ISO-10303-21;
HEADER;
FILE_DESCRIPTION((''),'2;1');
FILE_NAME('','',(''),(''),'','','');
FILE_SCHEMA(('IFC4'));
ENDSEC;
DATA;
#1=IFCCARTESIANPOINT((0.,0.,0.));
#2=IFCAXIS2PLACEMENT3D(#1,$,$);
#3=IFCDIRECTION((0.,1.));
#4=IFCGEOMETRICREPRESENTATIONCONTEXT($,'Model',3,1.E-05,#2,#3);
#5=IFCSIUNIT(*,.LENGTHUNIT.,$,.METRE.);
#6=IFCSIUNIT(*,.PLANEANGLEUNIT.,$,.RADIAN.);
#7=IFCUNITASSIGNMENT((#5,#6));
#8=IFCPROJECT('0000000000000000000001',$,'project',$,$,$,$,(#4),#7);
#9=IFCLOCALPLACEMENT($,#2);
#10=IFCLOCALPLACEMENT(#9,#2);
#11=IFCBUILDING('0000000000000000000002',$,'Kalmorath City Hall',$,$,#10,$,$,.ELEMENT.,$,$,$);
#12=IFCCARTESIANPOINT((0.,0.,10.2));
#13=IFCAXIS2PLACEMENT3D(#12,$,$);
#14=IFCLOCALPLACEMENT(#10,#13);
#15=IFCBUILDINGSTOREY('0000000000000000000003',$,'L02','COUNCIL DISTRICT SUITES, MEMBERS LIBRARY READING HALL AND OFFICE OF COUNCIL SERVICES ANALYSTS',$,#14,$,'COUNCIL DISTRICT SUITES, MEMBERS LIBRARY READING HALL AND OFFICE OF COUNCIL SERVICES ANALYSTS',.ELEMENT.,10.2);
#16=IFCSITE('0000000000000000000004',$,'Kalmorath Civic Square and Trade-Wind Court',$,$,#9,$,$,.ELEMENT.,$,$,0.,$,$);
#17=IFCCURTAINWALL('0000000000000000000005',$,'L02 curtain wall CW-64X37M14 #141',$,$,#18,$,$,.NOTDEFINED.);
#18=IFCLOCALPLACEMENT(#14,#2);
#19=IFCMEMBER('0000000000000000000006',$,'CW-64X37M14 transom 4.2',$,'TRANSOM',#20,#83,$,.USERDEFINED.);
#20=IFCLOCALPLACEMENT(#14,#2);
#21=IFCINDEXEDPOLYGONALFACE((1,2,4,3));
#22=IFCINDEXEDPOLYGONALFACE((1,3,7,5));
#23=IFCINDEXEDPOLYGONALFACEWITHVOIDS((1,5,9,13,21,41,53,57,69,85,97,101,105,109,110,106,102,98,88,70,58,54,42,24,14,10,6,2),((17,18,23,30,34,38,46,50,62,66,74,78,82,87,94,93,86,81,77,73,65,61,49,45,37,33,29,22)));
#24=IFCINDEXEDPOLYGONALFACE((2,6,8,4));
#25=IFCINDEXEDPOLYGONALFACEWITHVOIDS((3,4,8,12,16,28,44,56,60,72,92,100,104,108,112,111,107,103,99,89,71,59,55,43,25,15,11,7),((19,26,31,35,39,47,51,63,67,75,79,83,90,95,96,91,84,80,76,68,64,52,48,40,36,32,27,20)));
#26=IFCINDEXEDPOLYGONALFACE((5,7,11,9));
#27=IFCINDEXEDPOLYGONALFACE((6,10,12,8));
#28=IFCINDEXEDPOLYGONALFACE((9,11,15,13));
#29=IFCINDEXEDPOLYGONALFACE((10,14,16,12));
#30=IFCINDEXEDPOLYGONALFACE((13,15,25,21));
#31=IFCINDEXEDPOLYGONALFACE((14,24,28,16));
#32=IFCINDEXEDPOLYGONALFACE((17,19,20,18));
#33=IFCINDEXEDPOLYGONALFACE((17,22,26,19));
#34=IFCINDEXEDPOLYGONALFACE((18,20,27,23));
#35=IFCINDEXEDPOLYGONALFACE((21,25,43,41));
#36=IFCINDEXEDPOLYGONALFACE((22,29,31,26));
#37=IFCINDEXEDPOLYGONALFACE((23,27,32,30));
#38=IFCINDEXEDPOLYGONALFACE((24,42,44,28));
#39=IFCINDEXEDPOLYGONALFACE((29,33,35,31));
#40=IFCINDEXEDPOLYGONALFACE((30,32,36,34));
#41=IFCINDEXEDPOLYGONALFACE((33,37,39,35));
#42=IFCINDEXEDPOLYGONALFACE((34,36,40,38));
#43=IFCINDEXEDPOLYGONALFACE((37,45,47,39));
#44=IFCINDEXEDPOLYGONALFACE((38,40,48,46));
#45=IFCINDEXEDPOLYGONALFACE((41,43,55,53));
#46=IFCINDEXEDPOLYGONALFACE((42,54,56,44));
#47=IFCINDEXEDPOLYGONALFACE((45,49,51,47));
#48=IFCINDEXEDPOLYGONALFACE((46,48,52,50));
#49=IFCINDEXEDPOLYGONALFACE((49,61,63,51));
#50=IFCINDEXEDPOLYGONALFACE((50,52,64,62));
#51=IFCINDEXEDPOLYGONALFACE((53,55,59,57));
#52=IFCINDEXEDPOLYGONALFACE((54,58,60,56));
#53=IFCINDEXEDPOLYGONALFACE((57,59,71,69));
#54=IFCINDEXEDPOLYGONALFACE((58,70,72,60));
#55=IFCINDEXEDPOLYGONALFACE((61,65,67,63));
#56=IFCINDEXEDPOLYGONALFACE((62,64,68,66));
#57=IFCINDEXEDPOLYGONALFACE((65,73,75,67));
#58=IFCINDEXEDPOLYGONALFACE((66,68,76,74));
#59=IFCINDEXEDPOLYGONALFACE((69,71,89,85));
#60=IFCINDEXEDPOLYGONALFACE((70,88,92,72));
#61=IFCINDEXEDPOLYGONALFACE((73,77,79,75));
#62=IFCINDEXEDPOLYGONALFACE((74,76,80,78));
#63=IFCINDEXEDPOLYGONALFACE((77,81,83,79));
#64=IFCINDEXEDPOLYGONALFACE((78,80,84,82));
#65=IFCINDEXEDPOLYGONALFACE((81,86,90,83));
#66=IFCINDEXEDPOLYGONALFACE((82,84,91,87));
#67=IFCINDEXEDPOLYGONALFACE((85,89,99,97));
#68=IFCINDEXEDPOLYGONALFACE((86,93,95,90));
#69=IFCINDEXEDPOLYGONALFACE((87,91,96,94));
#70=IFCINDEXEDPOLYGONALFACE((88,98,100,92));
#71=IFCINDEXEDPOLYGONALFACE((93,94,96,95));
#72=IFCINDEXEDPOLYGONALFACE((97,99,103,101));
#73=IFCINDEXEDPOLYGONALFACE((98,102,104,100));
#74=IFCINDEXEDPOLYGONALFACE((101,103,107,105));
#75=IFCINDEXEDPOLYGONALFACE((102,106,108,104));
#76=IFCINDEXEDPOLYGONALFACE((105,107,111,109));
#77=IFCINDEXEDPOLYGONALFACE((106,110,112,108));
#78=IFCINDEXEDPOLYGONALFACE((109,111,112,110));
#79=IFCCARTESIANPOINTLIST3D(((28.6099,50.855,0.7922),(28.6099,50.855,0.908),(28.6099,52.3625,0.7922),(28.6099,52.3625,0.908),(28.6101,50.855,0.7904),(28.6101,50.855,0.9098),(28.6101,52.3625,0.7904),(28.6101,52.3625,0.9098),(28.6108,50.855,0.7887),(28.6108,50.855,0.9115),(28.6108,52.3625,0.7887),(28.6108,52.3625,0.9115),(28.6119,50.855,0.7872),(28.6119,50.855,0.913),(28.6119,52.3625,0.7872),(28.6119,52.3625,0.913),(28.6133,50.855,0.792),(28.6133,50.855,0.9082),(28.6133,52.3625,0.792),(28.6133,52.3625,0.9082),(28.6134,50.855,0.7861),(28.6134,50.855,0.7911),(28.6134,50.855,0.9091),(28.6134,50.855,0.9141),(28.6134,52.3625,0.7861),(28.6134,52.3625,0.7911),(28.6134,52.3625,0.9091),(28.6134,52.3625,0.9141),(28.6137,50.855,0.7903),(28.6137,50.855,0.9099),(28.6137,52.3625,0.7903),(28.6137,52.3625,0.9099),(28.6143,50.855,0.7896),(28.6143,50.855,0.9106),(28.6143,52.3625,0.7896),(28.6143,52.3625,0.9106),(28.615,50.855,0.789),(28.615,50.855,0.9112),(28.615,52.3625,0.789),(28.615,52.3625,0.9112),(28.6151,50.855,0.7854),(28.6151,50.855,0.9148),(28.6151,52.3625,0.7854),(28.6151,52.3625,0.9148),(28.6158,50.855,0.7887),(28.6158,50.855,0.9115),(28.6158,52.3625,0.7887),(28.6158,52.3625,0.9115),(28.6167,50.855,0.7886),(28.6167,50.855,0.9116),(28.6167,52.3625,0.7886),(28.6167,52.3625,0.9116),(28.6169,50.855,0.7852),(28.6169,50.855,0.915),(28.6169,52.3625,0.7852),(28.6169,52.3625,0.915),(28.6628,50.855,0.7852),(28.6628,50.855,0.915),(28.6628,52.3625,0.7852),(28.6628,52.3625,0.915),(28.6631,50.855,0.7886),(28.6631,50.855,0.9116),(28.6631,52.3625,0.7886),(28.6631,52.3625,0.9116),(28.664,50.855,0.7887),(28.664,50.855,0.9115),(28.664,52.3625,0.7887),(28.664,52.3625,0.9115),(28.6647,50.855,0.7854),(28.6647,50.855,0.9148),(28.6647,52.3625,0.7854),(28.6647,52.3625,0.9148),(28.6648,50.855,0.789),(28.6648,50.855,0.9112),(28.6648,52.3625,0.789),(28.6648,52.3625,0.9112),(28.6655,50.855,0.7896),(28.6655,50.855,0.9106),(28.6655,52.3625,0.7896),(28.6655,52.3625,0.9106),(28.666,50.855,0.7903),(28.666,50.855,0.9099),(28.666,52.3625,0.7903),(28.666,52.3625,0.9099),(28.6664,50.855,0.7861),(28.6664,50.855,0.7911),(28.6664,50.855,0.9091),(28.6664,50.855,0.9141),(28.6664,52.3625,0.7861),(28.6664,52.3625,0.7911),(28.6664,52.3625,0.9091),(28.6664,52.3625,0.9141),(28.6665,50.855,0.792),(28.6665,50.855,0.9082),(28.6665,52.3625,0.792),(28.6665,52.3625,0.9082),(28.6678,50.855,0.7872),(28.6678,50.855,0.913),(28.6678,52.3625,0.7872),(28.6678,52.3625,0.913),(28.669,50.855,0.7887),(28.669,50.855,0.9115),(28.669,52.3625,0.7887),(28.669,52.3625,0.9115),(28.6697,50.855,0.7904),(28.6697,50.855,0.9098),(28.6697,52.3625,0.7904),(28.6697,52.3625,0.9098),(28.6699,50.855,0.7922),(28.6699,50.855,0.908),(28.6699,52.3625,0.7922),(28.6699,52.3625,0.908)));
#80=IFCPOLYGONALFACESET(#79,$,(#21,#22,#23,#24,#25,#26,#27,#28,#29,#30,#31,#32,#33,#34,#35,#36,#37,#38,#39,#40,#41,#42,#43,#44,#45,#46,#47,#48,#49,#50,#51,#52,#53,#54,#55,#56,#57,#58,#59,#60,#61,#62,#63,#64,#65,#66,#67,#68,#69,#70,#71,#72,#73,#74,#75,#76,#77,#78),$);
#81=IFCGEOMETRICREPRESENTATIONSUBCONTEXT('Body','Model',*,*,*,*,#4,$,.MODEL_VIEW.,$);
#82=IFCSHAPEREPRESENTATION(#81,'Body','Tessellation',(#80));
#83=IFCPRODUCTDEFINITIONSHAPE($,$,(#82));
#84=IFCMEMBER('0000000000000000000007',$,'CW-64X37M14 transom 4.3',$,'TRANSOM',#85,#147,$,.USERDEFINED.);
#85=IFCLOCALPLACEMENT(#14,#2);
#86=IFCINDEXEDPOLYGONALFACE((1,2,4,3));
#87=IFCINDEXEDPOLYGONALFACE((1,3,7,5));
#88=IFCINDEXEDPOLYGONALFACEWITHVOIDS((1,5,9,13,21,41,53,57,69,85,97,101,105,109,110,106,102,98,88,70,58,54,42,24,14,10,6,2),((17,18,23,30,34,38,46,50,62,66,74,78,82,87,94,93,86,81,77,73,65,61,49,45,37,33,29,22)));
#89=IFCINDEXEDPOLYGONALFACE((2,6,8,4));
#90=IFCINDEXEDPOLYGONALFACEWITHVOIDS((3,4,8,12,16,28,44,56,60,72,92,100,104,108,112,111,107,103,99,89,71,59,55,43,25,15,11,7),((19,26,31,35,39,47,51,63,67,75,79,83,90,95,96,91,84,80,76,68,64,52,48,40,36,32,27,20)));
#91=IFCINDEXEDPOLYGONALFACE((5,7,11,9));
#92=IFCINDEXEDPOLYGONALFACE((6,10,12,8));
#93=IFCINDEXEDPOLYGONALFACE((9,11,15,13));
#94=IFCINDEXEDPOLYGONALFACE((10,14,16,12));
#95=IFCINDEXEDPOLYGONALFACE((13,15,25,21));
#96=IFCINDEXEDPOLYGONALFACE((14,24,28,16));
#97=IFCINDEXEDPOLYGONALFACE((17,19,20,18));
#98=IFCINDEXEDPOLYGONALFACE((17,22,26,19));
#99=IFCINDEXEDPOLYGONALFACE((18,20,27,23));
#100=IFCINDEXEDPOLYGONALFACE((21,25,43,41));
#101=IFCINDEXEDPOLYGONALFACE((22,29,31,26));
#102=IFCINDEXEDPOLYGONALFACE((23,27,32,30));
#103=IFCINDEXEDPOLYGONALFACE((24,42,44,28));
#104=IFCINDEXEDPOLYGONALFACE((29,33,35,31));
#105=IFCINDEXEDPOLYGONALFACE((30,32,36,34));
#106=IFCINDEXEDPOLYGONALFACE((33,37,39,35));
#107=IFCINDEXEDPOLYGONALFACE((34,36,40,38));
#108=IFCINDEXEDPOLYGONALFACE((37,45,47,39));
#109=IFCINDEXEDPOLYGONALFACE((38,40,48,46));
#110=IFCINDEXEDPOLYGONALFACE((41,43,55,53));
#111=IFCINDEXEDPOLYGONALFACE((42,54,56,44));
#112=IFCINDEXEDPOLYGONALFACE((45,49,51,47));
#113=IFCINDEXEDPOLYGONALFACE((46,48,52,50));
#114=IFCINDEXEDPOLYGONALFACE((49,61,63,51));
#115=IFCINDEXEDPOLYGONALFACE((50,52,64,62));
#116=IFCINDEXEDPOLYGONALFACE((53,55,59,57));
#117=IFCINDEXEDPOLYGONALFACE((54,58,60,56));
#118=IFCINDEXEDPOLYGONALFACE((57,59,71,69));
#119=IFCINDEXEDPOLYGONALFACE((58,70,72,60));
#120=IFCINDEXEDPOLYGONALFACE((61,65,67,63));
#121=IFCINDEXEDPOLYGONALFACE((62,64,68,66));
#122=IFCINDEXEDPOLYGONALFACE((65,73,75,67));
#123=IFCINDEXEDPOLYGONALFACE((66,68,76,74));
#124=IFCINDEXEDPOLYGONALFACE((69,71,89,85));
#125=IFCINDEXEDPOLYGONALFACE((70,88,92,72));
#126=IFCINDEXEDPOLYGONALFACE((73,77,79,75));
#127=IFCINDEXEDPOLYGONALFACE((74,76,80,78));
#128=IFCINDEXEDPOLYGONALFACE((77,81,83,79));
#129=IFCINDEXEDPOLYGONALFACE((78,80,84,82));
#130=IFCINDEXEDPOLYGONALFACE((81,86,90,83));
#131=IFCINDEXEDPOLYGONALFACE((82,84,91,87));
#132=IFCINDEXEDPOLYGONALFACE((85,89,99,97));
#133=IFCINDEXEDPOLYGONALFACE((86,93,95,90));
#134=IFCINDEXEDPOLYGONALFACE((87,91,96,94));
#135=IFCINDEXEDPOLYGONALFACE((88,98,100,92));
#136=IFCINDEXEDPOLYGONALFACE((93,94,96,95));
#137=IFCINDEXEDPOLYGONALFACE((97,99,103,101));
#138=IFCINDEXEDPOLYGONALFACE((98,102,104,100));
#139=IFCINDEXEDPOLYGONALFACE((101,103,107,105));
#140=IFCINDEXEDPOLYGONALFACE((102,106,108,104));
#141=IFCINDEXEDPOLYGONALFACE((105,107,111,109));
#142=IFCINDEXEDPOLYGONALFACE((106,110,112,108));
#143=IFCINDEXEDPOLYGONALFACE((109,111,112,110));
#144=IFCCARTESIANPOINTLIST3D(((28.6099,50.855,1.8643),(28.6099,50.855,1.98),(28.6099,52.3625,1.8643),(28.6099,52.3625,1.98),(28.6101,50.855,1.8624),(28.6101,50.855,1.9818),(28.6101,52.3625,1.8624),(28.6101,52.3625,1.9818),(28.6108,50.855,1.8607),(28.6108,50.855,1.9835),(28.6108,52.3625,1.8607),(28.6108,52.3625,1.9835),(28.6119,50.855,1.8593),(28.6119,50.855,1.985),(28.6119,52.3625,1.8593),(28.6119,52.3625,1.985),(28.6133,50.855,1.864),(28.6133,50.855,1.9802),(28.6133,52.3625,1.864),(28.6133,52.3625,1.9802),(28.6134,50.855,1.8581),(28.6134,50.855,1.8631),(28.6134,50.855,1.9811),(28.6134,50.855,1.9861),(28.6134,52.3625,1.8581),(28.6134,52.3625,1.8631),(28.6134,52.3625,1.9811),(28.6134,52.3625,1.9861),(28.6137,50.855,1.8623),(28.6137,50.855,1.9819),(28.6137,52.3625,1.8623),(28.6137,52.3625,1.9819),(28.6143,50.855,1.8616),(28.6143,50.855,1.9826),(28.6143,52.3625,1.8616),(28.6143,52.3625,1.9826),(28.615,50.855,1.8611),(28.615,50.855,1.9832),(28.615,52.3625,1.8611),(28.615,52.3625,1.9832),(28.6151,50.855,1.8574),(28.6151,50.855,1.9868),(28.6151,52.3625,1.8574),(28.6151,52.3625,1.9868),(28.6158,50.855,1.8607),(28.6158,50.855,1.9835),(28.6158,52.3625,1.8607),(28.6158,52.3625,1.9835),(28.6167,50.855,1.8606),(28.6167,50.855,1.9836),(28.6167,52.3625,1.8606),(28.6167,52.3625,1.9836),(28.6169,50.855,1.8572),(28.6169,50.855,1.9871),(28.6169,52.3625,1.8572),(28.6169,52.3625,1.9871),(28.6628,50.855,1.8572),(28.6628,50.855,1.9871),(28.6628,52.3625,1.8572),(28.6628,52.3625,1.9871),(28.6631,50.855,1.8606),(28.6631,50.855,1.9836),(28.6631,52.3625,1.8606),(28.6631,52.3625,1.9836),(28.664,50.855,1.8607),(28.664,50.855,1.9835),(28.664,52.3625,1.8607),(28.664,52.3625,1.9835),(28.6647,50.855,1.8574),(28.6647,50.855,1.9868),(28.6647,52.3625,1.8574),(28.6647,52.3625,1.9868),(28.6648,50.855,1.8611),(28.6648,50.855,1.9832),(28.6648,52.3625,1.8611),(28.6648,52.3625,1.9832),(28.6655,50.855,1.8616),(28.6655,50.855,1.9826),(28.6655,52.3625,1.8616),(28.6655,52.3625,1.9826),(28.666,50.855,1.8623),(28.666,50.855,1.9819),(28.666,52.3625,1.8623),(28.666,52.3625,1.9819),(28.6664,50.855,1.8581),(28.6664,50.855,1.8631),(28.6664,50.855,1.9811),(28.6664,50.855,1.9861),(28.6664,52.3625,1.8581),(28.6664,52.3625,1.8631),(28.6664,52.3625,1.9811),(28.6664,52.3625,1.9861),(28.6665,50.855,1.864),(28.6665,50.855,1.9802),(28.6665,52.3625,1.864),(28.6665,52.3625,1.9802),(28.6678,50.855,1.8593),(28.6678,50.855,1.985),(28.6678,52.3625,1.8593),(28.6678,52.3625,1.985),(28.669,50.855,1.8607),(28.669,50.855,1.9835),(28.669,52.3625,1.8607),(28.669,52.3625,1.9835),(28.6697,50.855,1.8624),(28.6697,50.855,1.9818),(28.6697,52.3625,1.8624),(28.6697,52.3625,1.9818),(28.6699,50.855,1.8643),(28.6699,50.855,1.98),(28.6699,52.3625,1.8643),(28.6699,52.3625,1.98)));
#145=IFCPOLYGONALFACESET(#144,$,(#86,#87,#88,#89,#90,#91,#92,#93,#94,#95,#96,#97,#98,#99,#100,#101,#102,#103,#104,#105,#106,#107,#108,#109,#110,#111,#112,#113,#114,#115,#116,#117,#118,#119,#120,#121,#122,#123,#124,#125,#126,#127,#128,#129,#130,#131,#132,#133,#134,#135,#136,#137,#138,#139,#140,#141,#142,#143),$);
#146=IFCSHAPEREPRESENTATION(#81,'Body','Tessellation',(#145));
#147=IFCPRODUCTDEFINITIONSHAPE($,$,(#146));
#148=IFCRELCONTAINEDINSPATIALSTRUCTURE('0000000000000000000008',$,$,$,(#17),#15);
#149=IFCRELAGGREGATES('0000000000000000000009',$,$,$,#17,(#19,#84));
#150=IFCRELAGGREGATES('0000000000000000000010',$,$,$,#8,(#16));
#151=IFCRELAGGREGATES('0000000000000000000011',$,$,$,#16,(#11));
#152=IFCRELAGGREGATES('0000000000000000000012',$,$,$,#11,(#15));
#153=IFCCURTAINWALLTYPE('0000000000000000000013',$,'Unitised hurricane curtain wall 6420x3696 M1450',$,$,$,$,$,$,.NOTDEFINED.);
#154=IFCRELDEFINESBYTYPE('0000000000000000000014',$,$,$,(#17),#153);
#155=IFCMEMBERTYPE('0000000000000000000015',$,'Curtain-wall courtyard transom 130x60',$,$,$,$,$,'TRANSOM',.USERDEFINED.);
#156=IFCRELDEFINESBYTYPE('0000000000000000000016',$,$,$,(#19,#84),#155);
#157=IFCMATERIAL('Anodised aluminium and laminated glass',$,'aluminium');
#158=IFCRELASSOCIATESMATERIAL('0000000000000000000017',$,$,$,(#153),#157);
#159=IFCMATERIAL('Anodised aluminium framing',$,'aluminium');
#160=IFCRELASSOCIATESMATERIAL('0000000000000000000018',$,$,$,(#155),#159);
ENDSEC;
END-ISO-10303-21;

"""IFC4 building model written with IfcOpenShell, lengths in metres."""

from ifc_helpers import new_model, si_unit, direction, frame, origin, origin_2d, place, context, subcontext, project, spatial, hollow_rectangle, extrude, material, material_profile, profile_set, type_object, element, aggregate, save


model = new_model("IFC4")

# Units and contexts
model_context = context("Model", 3, precision=1e-05, world=origin(), true_north=direction((0.0, 1.0)))
body_context = subcontext(model_context, "Body", "Model", "MODEL_VIEW")
ifc_project = project(units=[si_unit("LENGTHUNIT", "METRE"), si_unit("PLANEANGLEUNIT", "RADIAN")], contexts=[model_context])

# Site, building, storey
site_placement = place(None, origin())
site = spatial("IfcSite", under=ifc_project, at=site_placement, Name="Kalmorath Civic Square and Trade-Wind Court", CompositionType="ELEMENT", RefElevation=0.0)
building_placement = place(site_placement, origin())
building = spatial("IfcBuilding", under=site, at=building_placement, Name="Kalmorath City Hall", CompositionType="ELEMENT")
storey_placement = place(building_placement, frame((0.0, 0.0, 10.2)))
storey = spatial("IfcBuildingStorey", under=building, at=storey_placement, Name="L02", Description="COUNCIL DISTRICT SUITES, MEMBERS LIBRARY READING HALL AND OFFICE OF COUNCIL SERVICES ANALYSTS", LongName="COUNCIL DISTRICT SUITES, MEMBERS LIBRARY READING HALL AND OFFICE OF COUNCIL SERVICES ANALYSTS", CompositionType="ELEMENT", Elevation=10.2)

# Curtain wall, members
ifc_material_1 = material(Name="Anodised aluminium and laminated glass", Category="aluminium")
curtain_wall_type = type_object("IfcCurtainWallType", Name="Unitised hurricane curtain wall 6420x3696 M1450", PredefinedType="NOTDEFINED", material=ifc_material_1)
curtain_wall_placement = place(storey_placement, origin())
curtain_wall = element("IfcCurtainWall", 1, at=curtain_wall_placement, inside=storey, type_object=curtain_wall_type, Name="L02 curtain wall CW-64X37M14 #141", PredefinedType="NOTDEFINED")
ifc_material_2 = material(Name="Anodised aluminium framing", Category="aluminium")
ifc_material_profile_1 = material_profile(ifc_material_2, hollow_rectangle(XDim=0.0601, YDim=0.1299, WallThickness=0.0034, InnerFilletRadius=0.0034, OuterFilletRadius=0.0071, at=origin_2d()), Name="ALU-TRN-130X60X3.5")
ifc_profile_set_1 = profile_set([ifc_material_profile_1], Name="Anodised aluminium framing")
member_type_1 = type_object("IfcMemberType", Name="Curtain-wall courtyard transom 130x60", ElementType="TRANSOM", PredefinedType="USERDEFINED", material=ifc_profile_set_1)
member_1_placement = place(storey_placement, frame((28.6399, 52.3625, 0.8501), z_axis=(0.0, -1.0, 0.0), x_axis=(1.0, 0.0, 0.0)))
member_1 = element("IfcMember", 2, at=member_1_placement, type_object=member_type_1, Name="CW-64X37M14 transom 4.2", ObjectType="TRANSOM", PredefinedType="USERDEFINED", context=body_context, shape_type="SweptSolid", body=[
    extrude(hollow_rectangle(XDim=0.0601, YDim=0.1299, WallThickness=0.0034, InnerFilletRadius=0.0034, OuterFilletRadius=0.0071, at=origin_2d()), origin(), (0.0, 0.0, 1.0), 1.5076),
])
member_2_placement = place(storey_placement, frame((28.6399, 52.3625, 1.9221), z_axis=(0.0, -1.0, 0.0), x_axis=(1.0, 0.0, 0.0)))
member_2 = element("IfcMember", 3, at=member_2_placement, type_object=member_type_1, Name="CW-64X37M14 transom 4.3", ObjectType="TRANSOM", PredefinedType="USERDEFINED", context=body_context, shape_type="SweptSolid", body=[
    extrude(hollow_rectangle(XDim=0.0601, YDim=0.1299, WallThickness=0.0034, InnerFilletRadius=0.0034, OuterFilletRadius=0.0071, at=origin_2d()), origin(), (0.0, 0.0, 1.0), 1.5076),
])

aggregate(curtain_wall, [member_1, member_2])

save(model, "model.ifc")
